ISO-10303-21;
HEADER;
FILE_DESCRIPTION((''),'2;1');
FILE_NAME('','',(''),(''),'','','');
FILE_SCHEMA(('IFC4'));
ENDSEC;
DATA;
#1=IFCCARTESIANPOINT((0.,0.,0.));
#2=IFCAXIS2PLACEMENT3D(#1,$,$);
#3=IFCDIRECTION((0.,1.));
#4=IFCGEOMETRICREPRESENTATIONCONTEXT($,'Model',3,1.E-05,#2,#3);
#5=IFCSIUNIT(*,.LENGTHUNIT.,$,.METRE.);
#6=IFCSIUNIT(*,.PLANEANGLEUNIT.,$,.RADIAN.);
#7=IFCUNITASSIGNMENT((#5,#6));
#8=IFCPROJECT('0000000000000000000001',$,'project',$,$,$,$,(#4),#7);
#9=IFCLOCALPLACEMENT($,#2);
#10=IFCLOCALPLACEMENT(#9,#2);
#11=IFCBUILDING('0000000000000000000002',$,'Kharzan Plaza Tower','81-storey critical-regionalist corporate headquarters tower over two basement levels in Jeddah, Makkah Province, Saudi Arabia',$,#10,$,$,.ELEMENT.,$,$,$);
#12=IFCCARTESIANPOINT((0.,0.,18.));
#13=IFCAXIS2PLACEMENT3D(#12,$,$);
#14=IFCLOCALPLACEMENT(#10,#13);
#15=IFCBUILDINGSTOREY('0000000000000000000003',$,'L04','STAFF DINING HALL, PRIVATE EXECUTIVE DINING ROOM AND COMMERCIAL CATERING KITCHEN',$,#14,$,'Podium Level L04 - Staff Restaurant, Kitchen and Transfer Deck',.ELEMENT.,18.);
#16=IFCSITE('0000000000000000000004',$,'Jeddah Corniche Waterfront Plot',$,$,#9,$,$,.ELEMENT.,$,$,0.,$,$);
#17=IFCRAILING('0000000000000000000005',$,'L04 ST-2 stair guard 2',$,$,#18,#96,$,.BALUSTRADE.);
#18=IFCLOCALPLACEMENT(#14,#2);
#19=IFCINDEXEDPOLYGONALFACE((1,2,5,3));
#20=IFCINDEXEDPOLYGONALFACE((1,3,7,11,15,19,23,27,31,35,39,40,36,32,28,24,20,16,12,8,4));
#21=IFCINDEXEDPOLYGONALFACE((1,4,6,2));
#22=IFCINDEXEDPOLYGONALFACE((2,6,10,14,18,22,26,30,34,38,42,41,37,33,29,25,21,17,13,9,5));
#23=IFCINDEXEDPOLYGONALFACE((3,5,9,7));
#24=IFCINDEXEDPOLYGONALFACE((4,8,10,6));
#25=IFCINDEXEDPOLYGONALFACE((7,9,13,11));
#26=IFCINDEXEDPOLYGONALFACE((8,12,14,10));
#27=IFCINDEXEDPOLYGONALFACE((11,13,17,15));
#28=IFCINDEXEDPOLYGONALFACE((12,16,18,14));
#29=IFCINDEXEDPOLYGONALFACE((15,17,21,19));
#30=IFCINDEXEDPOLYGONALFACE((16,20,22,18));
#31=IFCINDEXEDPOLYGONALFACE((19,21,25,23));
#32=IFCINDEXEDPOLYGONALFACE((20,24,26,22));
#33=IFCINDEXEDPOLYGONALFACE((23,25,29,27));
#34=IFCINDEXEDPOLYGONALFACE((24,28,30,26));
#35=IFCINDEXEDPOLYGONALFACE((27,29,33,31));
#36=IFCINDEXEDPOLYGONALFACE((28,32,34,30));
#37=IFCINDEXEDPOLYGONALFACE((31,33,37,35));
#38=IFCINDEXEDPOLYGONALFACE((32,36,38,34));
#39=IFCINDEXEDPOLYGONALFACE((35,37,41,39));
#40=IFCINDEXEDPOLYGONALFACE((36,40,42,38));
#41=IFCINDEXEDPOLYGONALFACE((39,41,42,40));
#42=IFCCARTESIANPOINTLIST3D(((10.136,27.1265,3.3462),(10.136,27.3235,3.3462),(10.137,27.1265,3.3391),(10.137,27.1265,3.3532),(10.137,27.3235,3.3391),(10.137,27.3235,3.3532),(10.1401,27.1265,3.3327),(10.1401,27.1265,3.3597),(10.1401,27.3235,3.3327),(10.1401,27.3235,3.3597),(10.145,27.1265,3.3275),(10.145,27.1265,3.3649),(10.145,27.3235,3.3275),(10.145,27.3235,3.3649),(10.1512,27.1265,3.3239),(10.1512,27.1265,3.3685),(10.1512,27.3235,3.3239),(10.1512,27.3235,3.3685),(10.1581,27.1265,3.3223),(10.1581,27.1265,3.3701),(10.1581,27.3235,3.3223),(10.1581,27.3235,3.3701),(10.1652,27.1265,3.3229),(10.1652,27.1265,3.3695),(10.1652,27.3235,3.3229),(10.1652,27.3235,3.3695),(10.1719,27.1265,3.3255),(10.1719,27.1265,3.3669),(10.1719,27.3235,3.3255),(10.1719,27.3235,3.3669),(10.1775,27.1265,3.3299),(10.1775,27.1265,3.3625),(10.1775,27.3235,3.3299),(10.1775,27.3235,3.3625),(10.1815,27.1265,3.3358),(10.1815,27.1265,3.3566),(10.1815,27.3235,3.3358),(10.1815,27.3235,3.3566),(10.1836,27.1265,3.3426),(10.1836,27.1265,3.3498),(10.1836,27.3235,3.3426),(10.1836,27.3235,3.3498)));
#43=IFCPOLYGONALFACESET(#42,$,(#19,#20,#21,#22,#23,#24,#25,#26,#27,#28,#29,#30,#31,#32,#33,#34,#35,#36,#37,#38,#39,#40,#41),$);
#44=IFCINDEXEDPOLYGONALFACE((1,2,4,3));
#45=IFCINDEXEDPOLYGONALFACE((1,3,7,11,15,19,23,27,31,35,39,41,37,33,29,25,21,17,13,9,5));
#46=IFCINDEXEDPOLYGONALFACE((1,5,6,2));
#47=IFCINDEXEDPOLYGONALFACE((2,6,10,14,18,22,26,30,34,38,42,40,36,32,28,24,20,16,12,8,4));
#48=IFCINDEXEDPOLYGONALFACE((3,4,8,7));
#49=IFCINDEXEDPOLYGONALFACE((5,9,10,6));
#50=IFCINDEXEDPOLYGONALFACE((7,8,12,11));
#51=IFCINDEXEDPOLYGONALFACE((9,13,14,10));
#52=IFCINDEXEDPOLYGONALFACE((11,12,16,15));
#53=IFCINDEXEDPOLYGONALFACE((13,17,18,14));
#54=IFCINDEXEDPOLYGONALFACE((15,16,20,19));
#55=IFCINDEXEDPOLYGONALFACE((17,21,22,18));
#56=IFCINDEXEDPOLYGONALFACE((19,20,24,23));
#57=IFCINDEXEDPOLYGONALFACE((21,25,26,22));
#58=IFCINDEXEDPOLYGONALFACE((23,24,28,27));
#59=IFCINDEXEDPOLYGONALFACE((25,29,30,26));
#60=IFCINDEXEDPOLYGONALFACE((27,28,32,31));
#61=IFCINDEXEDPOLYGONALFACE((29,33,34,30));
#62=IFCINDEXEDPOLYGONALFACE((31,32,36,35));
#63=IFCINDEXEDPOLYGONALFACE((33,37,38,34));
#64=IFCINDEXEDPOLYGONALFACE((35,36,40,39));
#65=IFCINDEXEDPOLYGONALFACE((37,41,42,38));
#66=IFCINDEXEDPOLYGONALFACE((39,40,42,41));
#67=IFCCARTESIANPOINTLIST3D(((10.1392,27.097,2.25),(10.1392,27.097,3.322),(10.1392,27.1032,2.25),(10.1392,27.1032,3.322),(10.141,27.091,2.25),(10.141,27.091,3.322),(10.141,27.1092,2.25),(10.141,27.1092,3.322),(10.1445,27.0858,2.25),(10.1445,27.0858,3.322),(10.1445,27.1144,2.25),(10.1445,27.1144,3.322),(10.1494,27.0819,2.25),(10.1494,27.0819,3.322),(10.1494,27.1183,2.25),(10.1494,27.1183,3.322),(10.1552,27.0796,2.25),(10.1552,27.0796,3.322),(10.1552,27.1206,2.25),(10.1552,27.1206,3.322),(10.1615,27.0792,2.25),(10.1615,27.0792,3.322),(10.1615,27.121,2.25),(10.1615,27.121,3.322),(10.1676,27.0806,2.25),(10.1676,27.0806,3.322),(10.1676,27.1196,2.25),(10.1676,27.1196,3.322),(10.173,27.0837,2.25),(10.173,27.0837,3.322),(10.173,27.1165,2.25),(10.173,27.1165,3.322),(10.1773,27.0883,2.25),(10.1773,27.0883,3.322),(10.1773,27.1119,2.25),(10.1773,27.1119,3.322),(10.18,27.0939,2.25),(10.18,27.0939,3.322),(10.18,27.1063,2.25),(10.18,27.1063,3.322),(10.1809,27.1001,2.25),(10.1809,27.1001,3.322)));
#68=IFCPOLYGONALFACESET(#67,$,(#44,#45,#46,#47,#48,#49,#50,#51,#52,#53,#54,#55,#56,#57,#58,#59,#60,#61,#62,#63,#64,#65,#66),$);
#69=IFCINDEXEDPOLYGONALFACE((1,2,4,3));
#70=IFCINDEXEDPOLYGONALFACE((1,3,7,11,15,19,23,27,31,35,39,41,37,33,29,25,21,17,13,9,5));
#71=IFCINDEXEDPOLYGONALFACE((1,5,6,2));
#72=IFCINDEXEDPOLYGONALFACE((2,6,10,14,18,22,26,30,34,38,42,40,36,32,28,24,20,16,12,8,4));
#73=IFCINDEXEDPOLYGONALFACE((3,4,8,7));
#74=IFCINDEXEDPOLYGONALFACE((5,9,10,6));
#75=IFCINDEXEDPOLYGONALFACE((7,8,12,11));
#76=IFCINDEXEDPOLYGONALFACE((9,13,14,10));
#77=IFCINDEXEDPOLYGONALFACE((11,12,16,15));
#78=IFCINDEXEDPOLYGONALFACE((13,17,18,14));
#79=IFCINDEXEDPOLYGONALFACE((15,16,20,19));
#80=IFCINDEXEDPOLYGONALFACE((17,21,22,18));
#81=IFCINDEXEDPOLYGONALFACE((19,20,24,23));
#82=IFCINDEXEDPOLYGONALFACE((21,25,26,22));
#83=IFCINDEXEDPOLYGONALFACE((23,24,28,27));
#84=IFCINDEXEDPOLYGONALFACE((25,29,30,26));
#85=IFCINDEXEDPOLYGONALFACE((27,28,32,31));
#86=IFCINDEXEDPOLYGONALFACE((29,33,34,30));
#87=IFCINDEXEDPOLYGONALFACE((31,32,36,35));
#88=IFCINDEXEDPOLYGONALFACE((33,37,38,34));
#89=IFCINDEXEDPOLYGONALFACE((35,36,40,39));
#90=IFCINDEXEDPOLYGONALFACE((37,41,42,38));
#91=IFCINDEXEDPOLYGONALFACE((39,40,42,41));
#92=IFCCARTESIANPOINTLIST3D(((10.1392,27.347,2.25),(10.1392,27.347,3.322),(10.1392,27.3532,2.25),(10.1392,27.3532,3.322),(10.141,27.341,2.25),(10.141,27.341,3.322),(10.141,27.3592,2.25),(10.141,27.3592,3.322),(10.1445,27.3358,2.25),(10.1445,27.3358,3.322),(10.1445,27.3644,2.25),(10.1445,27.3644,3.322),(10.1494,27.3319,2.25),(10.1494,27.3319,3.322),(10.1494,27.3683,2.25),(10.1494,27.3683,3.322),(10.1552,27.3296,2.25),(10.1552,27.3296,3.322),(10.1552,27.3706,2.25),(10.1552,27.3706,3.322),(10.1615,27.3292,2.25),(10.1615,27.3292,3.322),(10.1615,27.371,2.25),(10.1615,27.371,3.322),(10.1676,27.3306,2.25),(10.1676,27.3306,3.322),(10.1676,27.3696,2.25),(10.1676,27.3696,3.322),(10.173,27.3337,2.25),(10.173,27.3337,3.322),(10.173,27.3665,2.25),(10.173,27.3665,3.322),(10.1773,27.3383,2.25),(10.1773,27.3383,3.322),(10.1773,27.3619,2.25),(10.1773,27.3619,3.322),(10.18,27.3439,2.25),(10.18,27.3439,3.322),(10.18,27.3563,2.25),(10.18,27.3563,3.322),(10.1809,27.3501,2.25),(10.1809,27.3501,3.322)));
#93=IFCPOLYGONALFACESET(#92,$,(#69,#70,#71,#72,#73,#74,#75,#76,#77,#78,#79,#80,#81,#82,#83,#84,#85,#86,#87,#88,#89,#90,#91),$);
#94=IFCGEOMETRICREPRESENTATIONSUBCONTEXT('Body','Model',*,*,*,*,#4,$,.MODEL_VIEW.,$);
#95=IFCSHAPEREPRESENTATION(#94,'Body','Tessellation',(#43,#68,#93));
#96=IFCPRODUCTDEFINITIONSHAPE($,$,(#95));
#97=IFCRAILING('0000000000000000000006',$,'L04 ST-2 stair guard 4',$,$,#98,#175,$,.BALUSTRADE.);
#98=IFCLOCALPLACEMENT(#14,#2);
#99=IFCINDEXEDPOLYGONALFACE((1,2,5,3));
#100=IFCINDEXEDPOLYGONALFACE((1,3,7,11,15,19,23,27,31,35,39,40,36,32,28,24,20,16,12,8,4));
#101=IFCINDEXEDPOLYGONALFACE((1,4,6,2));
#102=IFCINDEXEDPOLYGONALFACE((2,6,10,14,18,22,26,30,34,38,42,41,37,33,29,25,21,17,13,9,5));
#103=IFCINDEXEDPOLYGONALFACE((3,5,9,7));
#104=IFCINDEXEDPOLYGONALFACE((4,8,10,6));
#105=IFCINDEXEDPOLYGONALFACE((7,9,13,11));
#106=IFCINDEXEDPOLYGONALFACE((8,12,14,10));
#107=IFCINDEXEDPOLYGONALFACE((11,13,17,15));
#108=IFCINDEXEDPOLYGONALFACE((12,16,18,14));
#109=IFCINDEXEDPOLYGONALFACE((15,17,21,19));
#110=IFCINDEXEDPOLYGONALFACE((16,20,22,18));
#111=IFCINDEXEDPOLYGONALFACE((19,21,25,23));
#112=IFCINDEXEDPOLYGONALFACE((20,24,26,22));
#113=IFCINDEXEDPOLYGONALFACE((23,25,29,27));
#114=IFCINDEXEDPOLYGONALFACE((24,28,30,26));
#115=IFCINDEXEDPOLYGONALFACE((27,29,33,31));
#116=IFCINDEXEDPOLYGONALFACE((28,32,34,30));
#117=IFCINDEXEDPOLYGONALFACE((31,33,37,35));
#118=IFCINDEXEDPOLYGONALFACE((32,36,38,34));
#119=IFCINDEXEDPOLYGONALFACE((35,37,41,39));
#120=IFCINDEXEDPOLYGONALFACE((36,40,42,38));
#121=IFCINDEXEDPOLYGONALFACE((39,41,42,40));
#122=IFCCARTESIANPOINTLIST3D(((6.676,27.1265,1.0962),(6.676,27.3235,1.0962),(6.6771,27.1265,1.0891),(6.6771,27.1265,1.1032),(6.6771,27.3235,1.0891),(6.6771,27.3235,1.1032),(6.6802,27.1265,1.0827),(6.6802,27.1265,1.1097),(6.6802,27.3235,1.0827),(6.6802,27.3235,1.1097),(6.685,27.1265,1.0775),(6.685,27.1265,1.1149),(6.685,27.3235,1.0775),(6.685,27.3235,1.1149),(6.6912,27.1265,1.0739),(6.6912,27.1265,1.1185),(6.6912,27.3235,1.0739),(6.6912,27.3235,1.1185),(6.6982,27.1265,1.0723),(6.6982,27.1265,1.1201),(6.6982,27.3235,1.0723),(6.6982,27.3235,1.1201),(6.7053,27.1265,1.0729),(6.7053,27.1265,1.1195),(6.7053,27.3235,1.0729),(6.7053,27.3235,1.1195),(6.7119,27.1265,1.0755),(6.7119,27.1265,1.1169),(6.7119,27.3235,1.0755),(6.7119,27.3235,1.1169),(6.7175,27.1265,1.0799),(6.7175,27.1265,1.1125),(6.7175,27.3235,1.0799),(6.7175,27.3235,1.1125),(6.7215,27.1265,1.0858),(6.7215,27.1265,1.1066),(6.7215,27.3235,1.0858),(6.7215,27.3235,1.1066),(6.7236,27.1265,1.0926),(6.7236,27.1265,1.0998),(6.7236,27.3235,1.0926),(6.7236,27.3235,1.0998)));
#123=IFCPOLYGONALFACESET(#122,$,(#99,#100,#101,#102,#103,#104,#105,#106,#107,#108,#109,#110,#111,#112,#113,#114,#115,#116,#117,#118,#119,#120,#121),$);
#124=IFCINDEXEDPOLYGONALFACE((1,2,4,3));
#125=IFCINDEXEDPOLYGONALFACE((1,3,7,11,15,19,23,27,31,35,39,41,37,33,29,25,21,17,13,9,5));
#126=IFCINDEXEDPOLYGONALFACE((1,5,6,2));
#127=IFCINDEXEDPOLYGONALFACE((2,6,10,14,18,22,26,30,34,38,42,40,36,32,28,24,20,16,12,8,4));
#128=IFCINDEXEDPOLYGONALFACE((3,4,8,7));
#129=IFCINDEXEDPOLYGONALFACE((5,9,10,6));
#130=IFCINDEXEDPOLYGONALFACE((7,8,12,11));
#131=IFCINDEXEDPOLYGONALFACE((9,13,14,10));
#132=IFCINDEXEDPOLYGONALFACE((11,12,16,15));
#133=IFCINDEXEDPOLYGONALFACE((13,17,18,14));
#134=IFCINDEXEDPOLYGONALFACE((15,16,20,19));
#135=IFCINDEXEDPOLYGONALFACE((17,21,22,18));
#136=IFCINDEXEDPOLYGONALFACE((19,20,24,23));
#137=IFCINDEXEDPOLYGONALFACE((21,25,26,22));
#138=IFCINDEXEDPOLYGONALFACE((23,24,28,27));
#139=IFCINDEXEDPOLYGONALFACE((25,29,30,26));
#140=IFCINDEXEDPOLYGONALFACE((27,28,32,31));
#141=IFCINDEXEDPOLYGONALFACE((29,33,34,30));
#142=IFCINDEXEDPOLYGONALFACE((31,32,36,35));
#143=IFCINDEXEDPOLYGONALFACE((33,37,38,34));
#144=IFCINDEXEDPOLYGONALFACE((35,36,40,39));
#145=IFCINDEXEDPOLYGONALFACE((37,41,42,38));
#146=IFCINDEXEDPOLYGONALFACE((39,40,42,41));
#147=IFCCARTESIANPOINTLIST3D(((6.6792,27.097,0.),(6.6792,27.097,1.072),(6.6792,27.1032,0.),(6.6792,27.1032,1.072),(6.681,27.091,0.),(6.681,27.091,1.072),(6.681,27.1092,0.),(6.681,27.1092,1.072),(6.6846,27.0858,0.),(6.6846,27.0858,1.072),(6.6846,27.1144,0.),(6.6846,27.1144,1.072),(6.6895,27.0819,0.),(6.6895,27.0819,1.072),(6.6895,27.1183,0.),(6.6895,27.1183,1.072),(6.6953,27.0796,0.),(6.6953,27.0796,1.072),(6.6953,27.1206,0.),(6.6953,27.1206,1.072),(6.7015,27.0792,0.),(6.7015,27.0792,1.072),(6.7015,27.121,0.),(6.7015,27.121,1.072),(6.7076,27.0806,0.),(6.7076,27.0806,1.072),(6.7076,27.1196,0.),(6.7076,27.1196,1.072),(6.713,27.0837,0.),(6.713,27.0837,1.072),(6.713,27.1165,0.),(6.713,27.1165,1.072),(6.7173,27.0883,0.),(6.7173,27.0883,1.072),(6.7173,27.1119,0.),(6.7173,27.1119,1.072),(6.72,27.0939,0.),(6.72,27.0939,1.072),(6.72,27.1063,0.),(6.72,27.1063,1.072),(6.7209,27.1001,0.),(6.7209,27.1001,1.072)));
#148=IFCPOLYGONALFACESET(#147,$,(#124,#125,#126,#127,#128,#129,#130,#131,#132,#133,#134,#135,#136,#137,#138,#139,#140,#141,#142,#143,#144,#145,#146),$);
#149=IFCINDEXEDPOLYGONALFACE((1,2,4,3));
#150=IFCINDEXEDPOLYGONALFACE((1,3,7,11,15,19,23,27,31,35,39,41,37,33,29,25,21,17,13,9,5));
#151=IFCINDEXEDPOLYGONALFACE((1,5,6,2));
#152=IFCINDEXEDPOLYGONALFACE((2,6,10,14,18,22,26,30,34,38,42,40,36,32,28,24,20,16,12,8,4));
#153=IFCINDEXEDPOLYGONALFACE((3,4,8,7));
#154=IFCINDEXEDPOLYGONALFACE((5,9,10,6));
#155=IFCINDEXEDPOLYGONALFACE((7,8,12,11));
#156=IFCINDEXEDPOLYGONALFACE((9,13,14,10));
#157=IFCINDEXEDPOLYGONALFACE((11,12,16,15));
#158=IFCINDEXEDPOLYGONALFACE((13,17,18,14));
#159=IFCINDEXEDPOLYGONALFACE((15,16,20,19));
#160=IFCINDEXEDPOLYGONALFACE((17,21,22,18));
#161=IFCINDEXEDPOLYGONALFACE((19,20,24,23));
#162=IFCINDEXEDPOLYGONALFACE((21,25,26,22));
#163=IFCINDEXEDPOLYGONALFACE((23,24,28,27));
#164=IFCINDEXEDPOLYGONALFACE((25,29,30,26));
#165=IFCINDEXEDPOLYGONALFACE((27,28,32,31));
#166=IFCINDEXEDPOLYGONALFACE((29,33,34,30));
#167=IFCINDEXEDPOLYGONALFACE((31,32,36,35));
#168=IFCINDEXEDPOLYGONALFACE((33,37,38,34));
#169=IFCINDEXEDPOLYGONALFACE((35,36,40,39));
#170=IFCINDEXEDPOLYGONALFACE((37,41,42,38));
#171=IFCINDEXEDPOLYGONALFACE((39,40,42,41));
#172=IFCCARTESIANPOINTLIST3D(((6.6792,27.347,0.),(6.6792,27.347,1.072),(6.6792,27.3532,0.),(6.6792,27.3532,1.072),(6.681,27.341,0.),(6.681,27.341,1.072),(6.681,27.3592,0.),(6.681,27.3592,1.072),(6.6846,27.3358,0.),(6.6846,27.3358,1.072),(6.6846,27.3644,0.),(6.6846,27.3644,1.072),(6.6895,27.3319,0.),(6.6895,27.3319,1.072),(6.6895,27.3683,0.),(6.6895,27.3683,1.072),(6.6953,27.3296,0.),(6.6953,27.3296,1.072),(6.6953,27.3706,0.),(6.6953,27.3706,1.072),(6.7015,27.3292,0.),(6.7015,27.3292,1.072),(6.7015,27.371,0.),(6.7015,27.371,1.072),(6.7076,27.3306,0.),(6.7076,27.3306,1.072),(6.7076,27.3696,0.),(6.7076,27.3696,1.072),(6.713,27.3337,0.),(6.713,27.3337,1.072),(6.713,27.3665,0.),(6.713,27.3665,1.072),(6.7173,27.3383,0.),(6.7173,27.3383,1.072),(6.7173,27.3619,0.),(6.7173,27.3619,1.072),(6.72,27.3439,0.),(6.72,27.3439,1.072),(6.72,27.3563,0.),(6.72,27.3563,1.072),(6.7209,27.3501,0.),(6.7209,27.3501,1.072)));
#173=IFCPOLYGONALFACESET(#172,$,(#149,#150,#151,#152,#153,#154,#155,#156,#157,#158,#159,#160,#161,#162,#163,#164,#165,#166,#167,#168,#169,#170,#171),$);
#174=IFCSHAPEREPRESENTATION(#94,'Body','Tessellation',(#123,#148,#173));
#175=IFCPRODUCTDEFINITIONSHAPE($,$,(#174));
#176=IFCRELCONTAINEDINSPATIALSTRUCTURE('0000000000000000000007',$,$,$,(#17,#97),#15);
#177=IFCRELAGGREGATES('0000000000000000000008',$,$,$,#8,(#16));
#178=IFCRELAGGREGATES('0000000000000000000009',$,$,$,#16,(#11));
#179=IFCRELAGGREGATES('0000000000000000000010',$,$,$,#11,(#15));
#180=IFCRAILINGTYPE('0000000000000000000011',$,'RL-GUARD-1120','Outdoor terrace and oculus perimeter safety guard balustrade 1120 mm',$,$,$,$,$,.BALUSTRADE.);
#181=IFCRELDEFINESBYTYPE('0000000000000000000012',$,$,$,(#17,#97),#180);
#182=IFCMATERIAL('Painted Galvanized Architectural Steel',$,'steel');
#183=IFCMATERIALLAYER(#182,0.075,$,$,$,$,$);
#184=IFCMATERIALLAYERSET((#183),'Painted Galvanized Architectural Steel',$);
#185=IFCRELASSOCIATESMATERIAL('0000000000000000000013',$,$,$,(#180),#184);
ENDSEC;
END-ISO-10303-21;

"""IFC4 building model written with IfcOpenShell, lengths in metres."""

from ifc_helpers import new_model, si_unit, direction, frame, origin, origin_2d, place, context, subcontext, project, spatial, circle, extrude, source, transform, mapped, material, layer, layer_set, type_object, element, save


model = new_model("IFC4")

# Units and contexts
model_context = context("Model", 3, precision=1e-05, world=origin(), true_north=direction((0.0, 1.0)))
body_context = subcontext(model_context, "Body", "Model", "MODEL_VIEW")
ifc_project = project(units=[si_unit("LENGTHUNIT", "METRE"), si_unit("PLANEANGLEUNIT", "RADIAN")], contexts=[model_context])

# Site, building, storey
site_placement = place(None, origin())
site = spatial("IfcSite", under=ifc_project, at=site_placement, Name="Jeddah Corniche Waterfront Plot", CompositionType="ELEMENT", RefElevation=0.0)
building_placement = place(site_placement, origin())
building = spatial("IfcBuilding", under=site, at=building_placement, Name="Kharzan Plaza Tower", Description="81-storey critical-regionalist corporate headquarters tower over two basement levels in Jeddah, Makkah Province, Saudi Arabia", CompositionType="ELEMENT")
storey_placement = place(building_placement, frame((0.0, 0.0, 18.0)))
storey = spatial("IfcBuildingStorey", under=building, at=storey_placement, Name="L04", Description="STAFF DINING HALL, PRIVATE EXECUTIVE DINING ROOM AND COMMERCIAL CATERING KITCHEN", LongName="Podium Level L04 - Staff Restaurant, Kitchen and Transfer Deck", CompositionType="ELEMENT", Elevation=18.0)

# Railings
ifc_material_1 = material(Name="Painted Galvanized Architectural Steel", Category="steel")
ifc_layer_1 = layer(ifc_material_1, 0.075)
ifc_layer_set_1 = layer_set([ifc_layer_1], Name="Painted Galvanized Architectural Steel")
railing_type_1 = type_object("IfcRailingType", Name="RL-GUARD-1120", Description="Outdoor terrace and oculus perimeter safety guard balustrade 1120 mm", PredefinedType="BALUSTRADE", material=ifc_layer_set_1)
shared_shape_1 = source(origin(), body_context, "Body", "SweptSolid", [
    extrude(circle(Radius=0.0239, at=origin_2d()), frame((0.0, 0.0264, 1.0962), z_axis=(0.0, 1.0, 0.0), x_axis=(-1.0, 0.0, 0.0)), (0.0, 0.0, 1.0), 0.197),
    extrude(circle(Radius=0.021, at=origin_2d()), origin(), (0.0, 0.0, 1.0), 1.072),
    extrude(circle(Radius=0.021, at=origin_2d()), frame((0.0, 0.25, 0.0)), (0.0, 0.0, 1.0), 1.072),
])
for number, where, name in (
    (1, (10.1599, 27.1001, 2.25), "L04 ST-2 stair guard 2"),
    (2, (6.7, 27.1001, 0.0), "L04 ST-2 stair guard 4"),
):
    element("IfcRailing", number, at=place(storey_placement, frame(where)), inside=storey, type_object=railing_type_1, Name=name, PredefinedType="BALUSTRADE", context=body_context, shape_type="MappedRepresentation", body=[
        mapped(shared_shape_1, transform((0.0, 0.0, 0.0), x_axis=(1.0, 0.0, 0.0), y_axis=(0.0, 1.0, 0.0), z_axis=(0.0, 0.0, 1.0))),
    ])

save(model, "model.ifc")
